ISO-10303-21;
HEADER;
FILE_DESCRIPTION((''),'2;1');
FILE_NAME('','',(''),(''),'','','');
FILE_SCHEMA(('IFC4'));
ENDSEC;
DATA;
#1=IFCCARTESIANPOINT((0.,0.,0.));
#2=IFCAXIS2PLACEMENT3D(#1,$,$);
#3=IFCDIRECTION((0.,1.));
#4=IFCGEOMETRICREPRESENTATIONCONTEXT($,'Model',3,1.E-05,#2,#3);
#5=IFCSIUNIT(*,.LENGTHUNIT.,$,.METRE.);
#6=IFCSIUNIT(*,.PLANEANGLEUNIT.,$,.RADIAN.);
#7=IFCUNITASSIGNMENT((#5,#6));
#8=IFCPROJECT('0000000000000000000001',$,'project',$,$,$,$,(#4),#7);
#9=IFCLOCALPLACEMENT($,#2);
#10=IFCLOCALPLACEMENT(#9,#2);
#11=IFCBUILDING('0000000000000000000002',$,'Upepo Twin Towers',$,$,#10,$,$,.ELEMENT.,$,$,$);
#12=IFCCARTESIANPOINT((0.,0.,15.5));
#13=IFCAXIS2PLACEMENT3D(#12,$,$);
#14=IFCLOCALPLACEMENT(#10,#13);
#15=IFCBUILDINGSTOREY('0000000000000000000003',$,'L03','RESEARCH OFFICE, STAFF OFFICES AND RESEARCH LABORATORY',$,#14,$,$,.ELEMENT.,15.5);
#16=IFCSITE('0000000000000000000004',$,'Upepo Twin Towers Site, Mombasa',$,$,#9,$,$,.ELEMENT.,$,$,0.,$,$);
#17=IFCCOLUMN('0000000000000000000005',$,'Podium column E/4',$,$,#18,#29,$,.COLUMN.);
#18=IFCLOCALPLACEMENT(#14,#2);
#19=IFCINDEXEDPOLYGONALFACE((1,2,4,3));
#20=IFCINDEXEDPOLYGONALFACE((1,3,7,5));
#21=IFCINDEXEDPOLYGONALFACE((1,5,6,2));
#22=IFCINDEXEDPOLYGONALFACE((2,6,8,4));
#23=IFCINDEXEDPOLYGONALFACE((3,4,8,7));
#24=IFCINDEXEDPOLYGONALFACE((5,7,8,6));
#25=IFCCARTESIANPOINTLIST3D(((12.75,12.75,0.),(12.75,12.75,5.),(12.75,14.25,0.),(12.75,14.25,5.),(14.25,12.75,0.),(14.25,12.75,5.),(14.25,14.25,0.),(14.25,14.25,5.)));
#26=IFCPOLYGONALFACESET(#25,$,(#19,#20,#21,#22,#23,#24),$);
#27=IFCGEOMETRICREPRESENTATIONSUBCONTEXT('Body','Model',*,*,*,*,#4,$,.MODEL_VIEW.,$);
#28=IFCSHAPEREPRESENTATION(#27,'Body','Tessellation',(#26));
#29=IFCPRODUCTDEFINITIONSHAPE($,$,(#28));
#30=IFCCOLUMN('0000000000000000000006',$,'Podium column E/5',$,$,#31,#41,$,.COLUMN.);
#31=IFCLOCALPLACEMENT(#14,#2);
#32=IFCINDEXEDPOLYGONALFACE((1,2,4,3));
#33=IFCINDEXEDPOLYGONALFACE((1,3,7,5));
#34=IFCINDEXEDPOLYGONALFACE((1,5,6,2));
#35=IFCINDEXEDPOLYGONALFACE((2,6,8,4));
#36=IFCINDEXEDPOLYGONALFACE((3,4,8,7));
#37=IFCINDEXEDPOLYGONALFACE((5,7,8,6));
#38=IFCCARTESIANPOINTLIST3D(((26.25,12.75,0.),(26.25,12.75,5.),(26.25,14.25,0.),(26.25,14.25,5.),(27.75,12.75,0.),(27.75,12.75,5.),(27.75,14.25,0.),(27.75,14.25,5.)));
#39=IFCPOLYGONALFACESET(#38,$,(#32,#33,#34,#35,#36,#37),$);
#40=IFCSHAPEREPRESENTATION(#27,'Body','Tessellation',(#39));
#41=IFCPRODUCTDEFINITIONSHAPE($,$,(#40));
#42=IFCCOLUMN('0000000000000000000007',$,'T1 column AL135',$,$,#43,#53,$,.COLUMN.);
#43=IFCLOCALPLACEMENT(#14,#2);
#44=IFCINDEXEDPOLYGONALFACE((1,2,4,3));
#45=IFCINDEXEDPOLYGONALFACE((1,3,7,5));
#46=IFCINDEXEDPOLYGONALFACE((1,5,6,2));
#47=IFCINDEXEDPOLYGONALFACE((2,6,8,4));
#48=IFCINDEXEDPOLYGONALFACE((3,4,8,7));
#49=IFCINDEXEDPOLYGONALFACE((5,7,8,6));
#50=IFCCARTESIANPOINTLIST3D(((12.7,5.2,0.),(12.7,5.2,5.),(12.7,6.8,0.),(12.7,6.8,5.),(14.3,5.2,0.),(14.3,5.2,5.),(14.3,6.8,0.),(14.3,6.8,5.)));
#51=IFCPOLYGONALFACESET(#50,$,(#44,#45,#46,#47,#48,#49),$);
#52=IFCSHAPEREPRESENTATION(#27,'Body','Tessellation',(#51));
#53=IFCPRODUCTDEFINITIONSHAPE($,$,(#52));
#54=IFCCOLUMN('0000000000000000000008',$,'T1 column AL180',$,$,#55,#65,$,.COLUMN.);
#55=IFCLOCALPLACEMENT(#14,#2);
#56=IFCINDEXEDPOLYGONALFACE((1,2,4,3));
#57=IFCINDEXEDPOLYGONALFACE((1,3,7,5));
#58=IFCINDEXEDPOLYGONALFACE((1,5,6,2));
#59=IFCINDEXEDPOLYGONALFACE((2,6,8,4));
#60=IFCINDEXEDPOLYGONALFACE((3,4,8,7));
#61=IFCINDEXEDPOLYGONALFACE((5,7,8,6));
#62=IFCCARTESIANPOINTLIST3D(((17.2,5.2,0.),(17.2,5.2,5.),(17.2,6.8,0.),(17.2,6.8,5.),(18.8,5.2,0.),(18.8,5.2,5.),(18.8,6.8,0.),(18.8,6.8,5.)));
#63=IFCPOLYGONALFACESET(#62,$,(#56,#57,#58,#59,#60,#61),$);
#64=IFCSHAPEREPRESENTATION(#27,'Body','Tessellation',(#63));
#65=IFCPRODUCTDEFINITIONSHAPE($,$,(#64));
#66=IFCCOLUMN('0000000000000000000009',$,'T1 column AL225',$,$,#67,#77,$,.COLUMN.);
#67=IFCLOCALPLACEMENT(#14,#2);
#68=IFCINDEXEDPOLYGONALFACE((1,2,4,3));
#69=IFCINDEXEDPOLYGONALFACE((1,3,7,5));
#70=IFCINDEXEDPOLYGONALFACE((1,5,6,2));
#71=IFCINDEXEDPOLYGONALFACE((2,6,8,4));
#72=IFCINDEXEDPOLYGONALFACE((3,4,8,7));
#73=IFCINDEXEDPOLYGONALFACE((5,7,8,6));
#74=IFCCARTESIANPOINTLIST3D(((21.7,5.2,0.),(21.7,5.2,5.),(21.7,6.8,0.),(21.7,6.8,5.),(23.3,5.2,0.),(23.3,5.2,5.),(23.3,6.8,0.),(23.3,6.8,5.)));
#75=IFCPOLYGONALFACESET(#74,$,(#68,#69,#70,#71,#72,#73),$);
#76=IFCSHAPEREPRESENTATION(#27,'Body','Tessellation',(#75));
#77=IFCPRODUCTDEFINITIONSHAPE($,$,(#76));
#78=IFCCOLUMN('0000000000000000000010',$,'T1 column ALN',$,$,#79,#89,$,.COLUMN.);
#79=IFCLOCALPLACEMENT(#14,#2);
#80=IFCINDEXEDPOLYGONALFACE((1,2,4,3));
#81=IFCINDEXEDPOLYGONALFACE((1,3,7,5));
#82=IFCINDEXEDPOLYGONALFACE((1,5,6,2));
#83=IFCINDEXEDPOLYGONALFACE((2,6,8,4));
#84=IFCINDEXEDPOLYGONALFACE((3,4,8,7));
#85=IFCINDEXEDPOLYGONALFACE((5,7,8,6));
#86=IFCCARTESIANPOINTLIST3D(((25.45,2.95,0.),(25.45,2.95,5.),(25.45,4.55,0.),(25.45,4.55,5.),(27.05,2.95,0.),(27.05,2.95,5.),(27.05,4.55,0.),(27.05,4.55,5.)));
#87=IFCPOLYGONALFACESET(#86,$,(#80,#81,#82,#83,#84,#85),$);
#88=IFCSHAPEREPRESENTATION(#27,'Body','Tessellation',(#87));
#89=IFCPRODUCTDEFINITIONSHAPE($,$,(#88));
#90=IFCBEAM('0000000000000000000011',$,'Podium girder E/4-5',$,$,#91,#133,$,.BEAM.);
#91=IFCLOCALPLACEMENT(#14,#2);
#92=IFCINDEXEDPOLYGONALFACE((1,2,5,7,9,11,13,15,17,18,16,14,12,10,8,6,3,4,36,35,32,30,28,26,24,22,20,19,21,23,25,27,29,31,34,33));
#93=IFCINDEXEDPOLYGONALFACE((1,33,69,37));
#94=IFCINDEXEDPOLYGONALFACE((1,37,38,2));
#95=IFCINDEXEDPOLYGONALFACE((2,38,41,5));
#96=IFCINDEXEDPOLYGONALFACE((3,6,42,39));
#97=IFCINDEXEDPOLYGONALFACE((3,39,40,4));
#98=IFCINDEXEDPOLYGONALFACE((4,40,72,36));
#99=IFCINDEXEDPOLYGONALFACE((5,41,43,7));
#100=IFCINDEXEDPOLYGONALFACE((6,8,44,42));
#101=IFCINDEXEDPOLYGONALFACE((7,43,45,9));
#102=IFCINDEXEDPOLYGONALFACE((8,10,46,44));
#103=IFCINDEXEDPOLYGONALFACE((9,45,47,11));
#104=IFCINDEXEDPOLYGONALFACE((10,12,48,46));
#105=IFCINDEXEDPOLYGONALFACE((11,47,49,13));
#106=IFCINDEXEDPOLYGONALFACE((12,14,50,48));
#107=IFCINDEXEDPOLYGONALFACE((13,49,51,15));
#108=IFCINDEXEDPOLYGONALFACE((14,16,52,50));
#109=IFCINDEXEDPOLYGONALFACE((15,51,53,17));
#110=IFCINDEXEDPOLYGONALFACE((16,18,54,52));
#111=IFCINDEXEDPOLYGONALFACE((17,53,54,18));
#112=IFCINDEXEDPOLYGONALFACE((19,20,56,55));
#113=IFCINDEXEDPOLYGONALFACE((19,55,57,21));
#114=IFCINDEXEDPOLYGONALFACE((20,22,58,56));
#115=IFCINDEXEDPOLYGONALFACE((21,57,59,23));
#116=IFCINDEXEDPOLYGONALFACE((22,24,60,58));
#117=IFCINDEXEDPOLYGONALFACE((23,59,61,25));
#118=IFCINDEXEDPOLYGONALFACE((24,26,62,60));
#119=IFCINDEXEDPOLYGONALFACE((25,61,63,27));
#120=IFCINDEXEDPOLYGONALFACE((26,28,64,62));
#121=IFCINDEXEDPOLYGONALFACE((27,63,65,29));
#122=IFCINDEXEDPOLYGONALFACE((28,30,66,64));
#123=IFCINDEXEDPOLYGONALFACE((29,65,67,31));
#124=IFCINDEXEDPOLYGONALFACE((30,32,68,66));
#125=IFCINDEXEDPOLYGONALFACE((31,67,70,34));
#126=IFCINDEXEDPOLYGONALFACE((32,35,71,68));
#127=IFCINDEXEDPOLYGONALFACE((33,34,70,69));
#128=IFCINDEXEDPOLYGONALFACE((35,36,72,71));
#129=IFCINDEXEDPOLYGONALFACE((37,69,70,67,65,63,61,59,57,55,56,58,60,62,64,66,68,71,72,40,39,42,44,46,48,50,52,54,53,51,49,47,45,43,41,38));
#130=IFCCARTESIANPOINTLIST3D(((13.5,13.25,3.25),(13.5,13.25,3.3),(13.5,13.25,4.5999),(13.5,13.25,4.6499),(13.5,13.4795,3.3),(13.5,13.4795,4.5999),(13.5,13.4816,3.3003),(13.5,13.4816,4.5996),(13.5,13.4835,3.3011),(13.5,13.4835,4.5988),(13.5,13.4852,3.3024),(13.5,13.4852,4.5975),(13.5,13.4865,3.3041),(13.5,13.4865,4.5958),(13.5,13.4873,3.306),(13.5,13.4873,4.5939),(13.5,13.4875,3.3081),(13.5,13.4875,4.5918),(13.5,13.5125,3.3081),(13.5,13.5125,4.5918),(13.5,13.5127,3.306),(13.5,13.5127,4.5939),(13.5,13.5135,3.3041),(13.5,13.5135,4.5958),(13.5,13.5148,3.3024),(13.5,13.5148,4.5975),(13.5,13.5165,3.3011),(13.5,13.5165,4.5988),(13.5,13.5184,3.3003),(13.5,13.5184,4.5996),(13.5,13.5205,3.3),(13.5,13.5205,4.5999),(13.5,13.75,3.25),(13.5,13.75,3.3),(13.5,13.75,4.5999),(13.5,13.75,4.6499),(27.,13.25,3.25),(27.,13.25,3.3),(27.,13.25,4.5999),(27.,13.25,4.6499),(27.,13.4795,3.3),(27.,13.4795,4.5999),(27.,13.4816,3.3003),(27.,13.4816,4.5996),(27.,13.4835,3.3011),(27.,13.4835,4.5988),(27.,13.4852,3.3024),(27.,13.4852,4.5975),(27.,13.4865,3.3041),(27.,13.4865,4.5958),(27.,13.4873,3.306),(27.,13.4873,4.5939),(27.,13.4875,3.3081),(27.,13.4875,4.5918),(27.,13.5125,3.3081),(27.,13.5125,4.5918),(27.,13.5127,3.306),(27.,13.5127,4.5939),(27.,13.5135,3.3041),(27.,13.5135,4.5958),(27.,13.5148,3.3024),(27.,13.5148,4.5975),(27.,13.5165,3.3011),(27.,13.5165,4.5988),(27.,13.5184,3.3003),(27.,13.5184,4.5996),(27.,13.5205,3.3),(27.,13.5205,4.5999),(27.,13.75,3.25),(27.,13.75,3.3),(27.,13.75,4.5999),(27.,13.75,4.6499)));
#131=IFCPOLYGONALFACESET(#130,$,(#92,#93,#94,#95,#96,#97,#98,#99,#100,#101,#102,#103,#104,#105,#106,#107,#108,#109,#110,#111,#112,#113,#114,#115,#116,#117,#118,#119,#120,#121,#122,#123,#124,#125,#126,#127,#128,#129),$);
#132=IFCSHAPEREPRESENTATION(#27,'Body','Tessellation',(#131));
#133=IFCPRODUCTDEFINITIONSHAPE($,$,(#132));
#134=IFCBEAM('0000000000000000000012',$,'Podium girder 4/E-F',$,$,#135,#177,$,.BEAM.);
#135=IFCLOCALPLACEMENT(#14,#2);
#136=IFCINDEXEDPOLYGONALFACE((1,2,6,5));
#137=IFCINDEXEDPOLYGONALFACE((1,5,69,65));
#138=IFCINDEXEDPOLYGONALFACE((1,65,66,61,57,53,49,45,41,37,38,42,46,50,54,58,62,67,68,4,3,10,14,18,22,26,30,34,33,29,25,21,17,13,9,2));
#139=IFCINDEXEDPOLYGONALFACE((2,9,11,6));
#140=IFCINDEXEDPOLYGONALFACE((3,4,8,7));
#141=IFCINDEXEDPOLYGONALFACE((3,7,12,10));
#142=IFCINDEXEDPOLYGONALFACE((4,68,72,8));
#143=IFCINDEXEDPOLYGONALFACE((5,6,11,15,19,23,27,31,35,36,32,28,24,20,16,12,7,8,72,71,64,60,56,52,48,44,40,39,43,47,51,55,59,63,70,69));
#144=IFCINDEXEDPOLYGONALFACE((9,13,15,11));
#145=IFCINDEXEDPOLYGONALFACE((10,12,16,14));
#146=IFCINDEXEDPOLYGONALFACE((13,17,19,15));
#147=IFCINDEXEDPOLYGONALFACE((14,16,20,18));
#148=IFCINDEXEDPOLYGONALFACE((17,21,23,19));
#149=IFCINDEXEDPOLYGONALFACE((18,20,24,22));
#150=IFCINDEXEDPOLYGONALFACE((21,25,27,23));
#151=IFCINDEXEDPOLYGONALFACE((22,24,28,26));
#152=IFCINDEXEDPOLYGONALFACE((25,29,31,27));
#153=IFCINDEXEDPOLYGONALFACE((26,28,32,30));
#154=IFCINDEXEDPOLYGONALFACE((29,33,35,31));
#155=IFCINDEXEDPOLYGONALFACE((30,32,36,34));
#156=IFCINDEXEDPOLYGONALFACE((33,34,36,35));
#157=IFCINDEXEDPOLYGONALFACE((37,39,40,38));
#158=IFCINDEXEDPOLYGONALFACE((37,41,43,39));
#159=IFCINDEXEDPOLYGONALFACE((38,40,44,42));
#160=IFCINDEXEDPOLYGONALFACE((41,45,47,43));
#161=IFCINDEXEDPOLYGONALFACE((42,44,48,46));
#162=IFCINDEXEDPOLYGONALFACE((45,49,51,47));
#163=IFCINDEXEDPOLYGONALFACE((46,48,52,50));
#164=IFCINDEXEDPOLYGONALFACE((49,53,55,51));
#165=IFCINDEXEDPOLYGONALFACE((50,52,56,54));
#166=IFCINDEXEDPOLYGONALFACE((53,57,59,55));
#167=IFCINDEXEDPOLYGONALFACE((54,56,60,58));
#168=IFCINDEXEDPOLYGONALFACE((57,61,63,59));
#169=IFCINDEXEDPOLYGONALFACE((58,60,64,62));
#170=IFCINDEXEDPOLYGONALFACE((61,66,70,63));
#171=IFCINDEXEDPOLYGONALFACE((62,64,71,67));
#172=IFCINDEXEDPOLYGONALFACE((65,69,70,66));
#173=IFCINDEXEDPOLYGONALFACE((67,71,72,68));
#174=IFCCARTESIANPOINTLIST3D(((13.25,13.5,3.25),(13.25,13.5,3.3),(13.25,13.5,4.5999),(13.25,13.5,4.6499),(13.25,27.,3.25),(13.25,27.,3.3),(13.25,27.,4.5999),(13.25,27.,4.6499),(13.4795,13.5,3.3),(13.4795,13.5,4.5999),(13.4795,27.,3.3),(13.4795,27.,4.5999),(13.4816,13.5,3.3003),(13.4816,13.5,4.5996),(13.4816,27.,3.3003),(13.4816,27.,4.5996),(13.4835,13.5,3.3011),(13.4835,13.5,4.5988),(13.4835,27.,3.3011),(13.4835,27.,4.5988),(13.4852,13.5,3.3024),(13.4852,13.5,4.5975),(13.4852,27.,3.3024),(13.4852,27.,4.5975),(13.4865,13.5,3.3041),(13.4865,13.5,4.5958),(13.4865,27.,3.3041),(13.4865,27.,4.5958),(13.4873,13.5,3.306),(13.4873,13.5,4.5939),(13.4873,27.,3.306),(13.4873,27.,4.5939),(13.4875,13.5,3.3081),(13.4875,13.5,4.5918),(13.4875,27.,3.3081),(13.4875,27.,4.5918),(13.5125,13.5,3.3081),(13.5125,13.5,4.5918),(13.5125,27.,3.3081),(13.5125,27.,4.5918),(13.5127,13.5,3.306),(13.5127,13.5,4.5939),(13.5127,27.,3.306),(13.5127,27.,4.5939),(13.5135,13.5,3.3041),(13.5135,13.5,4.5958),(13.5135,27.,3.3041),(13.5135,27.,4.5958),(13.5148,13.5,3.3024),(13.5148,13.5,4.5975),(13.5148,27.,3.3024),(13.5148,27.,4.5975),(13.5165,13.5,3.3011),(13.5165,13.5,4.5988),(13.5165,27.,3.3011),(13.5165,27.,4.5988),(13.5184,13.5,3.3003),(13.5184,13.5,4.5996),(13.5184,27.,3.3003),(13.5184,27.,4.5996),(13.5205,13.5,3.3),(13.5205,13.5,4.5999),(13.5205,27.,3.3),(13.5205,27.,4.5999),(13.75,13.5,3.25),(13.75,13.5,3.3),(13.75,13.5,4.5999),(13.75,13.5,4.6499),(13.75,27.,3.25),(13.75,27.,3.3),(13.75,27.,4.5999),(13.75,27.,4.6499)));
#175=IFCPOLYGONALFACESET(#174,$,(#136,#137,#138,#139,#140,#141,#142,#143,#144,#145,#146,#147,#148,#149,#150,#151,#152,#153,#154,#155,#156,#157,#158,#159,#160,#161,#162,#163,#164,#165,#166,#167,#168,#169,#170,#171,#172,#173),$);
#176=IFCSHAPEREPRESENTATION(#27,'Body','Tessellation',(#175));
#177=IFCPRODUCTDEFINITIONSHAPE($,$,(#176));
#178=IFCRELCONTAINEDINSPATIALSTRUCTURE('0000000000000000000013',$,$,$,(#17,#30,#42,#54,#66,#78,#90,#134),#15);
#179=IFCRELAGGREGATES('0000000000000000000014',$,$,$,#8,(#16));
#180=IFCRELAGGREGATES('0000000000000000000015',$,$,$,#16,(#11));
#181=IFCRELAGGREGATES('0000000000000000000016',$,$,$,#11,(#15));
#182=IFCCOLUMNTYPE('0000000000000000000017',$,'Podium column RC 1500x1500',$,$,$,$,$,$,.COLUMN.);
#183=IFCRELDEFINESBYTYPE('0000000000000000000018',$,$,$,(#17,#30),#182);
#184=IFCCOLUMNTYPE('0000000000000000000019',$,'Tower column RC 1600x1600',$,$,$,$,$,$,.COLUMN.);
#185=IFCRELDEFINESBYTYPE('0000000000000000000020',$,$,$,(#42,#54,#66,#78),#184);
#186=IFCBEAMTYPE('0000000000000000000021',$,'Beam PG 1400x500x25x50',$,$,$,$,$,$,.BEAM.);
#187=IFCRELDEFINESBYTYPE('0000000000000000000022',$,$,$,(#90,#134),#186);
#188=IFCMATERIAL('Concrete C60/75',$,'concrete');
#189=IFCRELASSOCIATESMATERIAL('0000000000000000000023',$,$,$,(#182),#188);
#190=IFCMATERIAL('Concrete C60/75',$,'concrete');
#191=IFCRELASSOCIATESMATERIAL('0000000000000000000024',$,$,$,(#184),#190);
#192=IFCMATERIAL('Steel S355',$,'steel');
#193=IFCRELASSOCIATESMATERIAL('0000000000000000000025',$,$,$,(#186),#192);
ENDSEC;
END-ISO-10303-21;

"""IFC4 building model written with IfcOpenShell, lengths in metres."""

from ifc_helpers import new_model, si_unit, direction, frame, origin, origin_2d, place, context, subcontext, project, spatial, rectangle, i_section, extrude, material, material_profile, profile_set, type_object, element, save


model = new_model("IFC4")

# Units and contexts
model_context = context("Model", 3, precision=1e-05, world=origin(), true_north=direction((0.0, 1.0)))
body_context = subcontext(model_context, "Body", "Model", "MODEL_VIEW")
ifc_project = project(units=[si_unit("LENGTHUNIT", "METRE"), si_unit("PLANEANGLEUNIT", "RADIAN")], contexts=[model_context])

# Site, building, storey
site_placement = place(None, origin())
site = spatial("IfcSite", under=ifc_project, at=site_placement, Name="Upepo Twin Towers Site, Mombasa", CompositionType="ELEMENT", RefElevation=0.0)
building_placement = place(site_placement, origin())
building = spatial("IfcBuilding", under=site, at=building_placement, Name="Upepo Twin Towers", CompositionType="ELEMENT")
storey_placement = place(building_placement, frame((0.0, 0.0, 15.5)))
storey = spatial("IfcBuildingStorey", under=building, at=storey_placement, Name="L03", Description="RESEARCH OFFICE, STAFF OFFICES AND RESEARCH LABORATORY", CompositionType="ELEMENT", Elevation=15.5)

# Columns
ifc_material_1 = material(Name="Concrete C60/75", Category="concrete")
ifc_material_profile_1 = material_profile(ifc_material_1, rectangle(XDim=1.5, YDim=1.5, at=origin_2d()), Name="RC 1500x1500")
ifc_profile_set_1 = profile_set([ifc_material_profile_1], Name="Concrete C60/75")
column_type_1 = type_object("IfcColumnType", Name="Podium column RC 1500x1500", PredefinedType="COLUMN", material=ifc_profile_set_1)
for number, where, z_axis, x_axis, name in (
    (1, (13.5, 13.5, 0.0), (0.0, 0.0, 1.0), (1.0, 0.0, 0.0), "Podium column E/4"),
    (2, (27.0, 13.5, 0.0), (0.0, 0.0, 1.0), (1.0, 0.0, 0.0), "Podium column E/5"),
):
    element("IfcColumn", number, at=place(storey_placement, frame(where, z_axis=z_axis, x_axis=x_axis)), inside=storey, type_object=column_type_1, Name=name, PredefinedType="COLUMN", context=body_context, shape_type="SweptSolid", body=[
        extrude(rectangle(XDim=1.5, YDim=1.5, at=origin_2d()), origin(), (0.0, 0.0, 1.0), 5.0),
    ])
ifc_material_2 = material(Name="Concrete C60/75", Category="concrete")
ifc_material_profile_2 = material_profile(ifc_material_2, rectangle(XDim=1.6001, YDim=1.6001, at=origin_2d()), Name="RC 1600x1600")
ifc_profile_set_2 = profile_set([ifc_material_profile_2], Name="Concrete C60/75")
column_type_2 = type_object("IfcColumnType", Name="Tower column RC 1600x1600", PredefinedType="COLUMN", material=ifc_profile_set_2)
for number, where, z_axis, x_axis, name in (
    (3, (13.5, 6.0, 0.0), (0.0, 0.0, 1.0), (1.0, 0.0, 0.0), "T1 column AL135"),
    (4, (18.0, 6.0, 0.0), (0.0, 0.0, 1.0), (1.0, 0.0, 0.0), "T1 column AL180"),
    (5, (22.5, 6.0, 0.0), (0.0, 0.0, 1.0), (1.0, 0.0, 0.0), "T1 column AL225"),
    (6, (26.25, 3.75, 0.0), (0.0, 0.0, 1.0), (1.0, 0.0, 0.0), "T1 column ALN"),
):
    element("IfcColumn", number, at=place(storey_placement, frame(where, z_axis=z_axis, x_axis=x_axis)), inside=storey, type_object=column_type_2, Name=name, PredefinedType="COLUMN", context=body_context, shape_type="SweptSolid", body=[
        extrude(rectangle(XDim=1.6001, YDim=1.6001, at=origin_2d()), origin(), (0.0, 0.0, 1.0), 5.0),
    ])

# Beams
ifc_material_3 = material(Name="Steel S355", Category="steel")
ifc_material_profile_3 = material_profile(ifc_material_3, i_section(OverallWidth=0.5, OverallDepth=1.3999, WebThickness=0.0249, FlangeThickness=0.05, FilletRadius=0.0081, at=origin_2d()), Name="PG 1400x500x25x50")
ifc_profile_set_3 = profile_set([ifc_material_profile_3], Name="Steel S355")
beam_type_1 = type_object("IfcBeamType", Name="Beam PG 1400x500x25x50", PredefinedType="BEAM", material=ifc_profile_set_3)
for number, where, z_axis, x_axis, name in (
    (7, (13.5, 13.5, 3.95), (1.0, 0.0, 0.0), (0.0, 1.0, 0.0), "Podium girder E/4-5"),
    (8, (13.5, 13.5, 3.95), (0.0, 1.0, 0.0), (-1.0, 0.0, 0.0), "Podium girder 4/E-F"),
):
    element("IfcBeam", number, at=place(storey_placement, frame(where, z_axis=z_axis, x_axis=x_axis)), inside=storey, type_object=beam_type_1, Name=name, PredefinedType="BEAM", context=body_context, shape_type="SweptSolid", body=[
        extrude(i_section(OverallWidth=0.5, OverallDepth=1.3999, WebThickness=0.0249, FlangeThickness=0.05, FilletRadius=0.0081, at=origin_2d()), origin(), (0.0, 0.0, 1.0), 13.5),
    ])

save(model, "model.ifc")
